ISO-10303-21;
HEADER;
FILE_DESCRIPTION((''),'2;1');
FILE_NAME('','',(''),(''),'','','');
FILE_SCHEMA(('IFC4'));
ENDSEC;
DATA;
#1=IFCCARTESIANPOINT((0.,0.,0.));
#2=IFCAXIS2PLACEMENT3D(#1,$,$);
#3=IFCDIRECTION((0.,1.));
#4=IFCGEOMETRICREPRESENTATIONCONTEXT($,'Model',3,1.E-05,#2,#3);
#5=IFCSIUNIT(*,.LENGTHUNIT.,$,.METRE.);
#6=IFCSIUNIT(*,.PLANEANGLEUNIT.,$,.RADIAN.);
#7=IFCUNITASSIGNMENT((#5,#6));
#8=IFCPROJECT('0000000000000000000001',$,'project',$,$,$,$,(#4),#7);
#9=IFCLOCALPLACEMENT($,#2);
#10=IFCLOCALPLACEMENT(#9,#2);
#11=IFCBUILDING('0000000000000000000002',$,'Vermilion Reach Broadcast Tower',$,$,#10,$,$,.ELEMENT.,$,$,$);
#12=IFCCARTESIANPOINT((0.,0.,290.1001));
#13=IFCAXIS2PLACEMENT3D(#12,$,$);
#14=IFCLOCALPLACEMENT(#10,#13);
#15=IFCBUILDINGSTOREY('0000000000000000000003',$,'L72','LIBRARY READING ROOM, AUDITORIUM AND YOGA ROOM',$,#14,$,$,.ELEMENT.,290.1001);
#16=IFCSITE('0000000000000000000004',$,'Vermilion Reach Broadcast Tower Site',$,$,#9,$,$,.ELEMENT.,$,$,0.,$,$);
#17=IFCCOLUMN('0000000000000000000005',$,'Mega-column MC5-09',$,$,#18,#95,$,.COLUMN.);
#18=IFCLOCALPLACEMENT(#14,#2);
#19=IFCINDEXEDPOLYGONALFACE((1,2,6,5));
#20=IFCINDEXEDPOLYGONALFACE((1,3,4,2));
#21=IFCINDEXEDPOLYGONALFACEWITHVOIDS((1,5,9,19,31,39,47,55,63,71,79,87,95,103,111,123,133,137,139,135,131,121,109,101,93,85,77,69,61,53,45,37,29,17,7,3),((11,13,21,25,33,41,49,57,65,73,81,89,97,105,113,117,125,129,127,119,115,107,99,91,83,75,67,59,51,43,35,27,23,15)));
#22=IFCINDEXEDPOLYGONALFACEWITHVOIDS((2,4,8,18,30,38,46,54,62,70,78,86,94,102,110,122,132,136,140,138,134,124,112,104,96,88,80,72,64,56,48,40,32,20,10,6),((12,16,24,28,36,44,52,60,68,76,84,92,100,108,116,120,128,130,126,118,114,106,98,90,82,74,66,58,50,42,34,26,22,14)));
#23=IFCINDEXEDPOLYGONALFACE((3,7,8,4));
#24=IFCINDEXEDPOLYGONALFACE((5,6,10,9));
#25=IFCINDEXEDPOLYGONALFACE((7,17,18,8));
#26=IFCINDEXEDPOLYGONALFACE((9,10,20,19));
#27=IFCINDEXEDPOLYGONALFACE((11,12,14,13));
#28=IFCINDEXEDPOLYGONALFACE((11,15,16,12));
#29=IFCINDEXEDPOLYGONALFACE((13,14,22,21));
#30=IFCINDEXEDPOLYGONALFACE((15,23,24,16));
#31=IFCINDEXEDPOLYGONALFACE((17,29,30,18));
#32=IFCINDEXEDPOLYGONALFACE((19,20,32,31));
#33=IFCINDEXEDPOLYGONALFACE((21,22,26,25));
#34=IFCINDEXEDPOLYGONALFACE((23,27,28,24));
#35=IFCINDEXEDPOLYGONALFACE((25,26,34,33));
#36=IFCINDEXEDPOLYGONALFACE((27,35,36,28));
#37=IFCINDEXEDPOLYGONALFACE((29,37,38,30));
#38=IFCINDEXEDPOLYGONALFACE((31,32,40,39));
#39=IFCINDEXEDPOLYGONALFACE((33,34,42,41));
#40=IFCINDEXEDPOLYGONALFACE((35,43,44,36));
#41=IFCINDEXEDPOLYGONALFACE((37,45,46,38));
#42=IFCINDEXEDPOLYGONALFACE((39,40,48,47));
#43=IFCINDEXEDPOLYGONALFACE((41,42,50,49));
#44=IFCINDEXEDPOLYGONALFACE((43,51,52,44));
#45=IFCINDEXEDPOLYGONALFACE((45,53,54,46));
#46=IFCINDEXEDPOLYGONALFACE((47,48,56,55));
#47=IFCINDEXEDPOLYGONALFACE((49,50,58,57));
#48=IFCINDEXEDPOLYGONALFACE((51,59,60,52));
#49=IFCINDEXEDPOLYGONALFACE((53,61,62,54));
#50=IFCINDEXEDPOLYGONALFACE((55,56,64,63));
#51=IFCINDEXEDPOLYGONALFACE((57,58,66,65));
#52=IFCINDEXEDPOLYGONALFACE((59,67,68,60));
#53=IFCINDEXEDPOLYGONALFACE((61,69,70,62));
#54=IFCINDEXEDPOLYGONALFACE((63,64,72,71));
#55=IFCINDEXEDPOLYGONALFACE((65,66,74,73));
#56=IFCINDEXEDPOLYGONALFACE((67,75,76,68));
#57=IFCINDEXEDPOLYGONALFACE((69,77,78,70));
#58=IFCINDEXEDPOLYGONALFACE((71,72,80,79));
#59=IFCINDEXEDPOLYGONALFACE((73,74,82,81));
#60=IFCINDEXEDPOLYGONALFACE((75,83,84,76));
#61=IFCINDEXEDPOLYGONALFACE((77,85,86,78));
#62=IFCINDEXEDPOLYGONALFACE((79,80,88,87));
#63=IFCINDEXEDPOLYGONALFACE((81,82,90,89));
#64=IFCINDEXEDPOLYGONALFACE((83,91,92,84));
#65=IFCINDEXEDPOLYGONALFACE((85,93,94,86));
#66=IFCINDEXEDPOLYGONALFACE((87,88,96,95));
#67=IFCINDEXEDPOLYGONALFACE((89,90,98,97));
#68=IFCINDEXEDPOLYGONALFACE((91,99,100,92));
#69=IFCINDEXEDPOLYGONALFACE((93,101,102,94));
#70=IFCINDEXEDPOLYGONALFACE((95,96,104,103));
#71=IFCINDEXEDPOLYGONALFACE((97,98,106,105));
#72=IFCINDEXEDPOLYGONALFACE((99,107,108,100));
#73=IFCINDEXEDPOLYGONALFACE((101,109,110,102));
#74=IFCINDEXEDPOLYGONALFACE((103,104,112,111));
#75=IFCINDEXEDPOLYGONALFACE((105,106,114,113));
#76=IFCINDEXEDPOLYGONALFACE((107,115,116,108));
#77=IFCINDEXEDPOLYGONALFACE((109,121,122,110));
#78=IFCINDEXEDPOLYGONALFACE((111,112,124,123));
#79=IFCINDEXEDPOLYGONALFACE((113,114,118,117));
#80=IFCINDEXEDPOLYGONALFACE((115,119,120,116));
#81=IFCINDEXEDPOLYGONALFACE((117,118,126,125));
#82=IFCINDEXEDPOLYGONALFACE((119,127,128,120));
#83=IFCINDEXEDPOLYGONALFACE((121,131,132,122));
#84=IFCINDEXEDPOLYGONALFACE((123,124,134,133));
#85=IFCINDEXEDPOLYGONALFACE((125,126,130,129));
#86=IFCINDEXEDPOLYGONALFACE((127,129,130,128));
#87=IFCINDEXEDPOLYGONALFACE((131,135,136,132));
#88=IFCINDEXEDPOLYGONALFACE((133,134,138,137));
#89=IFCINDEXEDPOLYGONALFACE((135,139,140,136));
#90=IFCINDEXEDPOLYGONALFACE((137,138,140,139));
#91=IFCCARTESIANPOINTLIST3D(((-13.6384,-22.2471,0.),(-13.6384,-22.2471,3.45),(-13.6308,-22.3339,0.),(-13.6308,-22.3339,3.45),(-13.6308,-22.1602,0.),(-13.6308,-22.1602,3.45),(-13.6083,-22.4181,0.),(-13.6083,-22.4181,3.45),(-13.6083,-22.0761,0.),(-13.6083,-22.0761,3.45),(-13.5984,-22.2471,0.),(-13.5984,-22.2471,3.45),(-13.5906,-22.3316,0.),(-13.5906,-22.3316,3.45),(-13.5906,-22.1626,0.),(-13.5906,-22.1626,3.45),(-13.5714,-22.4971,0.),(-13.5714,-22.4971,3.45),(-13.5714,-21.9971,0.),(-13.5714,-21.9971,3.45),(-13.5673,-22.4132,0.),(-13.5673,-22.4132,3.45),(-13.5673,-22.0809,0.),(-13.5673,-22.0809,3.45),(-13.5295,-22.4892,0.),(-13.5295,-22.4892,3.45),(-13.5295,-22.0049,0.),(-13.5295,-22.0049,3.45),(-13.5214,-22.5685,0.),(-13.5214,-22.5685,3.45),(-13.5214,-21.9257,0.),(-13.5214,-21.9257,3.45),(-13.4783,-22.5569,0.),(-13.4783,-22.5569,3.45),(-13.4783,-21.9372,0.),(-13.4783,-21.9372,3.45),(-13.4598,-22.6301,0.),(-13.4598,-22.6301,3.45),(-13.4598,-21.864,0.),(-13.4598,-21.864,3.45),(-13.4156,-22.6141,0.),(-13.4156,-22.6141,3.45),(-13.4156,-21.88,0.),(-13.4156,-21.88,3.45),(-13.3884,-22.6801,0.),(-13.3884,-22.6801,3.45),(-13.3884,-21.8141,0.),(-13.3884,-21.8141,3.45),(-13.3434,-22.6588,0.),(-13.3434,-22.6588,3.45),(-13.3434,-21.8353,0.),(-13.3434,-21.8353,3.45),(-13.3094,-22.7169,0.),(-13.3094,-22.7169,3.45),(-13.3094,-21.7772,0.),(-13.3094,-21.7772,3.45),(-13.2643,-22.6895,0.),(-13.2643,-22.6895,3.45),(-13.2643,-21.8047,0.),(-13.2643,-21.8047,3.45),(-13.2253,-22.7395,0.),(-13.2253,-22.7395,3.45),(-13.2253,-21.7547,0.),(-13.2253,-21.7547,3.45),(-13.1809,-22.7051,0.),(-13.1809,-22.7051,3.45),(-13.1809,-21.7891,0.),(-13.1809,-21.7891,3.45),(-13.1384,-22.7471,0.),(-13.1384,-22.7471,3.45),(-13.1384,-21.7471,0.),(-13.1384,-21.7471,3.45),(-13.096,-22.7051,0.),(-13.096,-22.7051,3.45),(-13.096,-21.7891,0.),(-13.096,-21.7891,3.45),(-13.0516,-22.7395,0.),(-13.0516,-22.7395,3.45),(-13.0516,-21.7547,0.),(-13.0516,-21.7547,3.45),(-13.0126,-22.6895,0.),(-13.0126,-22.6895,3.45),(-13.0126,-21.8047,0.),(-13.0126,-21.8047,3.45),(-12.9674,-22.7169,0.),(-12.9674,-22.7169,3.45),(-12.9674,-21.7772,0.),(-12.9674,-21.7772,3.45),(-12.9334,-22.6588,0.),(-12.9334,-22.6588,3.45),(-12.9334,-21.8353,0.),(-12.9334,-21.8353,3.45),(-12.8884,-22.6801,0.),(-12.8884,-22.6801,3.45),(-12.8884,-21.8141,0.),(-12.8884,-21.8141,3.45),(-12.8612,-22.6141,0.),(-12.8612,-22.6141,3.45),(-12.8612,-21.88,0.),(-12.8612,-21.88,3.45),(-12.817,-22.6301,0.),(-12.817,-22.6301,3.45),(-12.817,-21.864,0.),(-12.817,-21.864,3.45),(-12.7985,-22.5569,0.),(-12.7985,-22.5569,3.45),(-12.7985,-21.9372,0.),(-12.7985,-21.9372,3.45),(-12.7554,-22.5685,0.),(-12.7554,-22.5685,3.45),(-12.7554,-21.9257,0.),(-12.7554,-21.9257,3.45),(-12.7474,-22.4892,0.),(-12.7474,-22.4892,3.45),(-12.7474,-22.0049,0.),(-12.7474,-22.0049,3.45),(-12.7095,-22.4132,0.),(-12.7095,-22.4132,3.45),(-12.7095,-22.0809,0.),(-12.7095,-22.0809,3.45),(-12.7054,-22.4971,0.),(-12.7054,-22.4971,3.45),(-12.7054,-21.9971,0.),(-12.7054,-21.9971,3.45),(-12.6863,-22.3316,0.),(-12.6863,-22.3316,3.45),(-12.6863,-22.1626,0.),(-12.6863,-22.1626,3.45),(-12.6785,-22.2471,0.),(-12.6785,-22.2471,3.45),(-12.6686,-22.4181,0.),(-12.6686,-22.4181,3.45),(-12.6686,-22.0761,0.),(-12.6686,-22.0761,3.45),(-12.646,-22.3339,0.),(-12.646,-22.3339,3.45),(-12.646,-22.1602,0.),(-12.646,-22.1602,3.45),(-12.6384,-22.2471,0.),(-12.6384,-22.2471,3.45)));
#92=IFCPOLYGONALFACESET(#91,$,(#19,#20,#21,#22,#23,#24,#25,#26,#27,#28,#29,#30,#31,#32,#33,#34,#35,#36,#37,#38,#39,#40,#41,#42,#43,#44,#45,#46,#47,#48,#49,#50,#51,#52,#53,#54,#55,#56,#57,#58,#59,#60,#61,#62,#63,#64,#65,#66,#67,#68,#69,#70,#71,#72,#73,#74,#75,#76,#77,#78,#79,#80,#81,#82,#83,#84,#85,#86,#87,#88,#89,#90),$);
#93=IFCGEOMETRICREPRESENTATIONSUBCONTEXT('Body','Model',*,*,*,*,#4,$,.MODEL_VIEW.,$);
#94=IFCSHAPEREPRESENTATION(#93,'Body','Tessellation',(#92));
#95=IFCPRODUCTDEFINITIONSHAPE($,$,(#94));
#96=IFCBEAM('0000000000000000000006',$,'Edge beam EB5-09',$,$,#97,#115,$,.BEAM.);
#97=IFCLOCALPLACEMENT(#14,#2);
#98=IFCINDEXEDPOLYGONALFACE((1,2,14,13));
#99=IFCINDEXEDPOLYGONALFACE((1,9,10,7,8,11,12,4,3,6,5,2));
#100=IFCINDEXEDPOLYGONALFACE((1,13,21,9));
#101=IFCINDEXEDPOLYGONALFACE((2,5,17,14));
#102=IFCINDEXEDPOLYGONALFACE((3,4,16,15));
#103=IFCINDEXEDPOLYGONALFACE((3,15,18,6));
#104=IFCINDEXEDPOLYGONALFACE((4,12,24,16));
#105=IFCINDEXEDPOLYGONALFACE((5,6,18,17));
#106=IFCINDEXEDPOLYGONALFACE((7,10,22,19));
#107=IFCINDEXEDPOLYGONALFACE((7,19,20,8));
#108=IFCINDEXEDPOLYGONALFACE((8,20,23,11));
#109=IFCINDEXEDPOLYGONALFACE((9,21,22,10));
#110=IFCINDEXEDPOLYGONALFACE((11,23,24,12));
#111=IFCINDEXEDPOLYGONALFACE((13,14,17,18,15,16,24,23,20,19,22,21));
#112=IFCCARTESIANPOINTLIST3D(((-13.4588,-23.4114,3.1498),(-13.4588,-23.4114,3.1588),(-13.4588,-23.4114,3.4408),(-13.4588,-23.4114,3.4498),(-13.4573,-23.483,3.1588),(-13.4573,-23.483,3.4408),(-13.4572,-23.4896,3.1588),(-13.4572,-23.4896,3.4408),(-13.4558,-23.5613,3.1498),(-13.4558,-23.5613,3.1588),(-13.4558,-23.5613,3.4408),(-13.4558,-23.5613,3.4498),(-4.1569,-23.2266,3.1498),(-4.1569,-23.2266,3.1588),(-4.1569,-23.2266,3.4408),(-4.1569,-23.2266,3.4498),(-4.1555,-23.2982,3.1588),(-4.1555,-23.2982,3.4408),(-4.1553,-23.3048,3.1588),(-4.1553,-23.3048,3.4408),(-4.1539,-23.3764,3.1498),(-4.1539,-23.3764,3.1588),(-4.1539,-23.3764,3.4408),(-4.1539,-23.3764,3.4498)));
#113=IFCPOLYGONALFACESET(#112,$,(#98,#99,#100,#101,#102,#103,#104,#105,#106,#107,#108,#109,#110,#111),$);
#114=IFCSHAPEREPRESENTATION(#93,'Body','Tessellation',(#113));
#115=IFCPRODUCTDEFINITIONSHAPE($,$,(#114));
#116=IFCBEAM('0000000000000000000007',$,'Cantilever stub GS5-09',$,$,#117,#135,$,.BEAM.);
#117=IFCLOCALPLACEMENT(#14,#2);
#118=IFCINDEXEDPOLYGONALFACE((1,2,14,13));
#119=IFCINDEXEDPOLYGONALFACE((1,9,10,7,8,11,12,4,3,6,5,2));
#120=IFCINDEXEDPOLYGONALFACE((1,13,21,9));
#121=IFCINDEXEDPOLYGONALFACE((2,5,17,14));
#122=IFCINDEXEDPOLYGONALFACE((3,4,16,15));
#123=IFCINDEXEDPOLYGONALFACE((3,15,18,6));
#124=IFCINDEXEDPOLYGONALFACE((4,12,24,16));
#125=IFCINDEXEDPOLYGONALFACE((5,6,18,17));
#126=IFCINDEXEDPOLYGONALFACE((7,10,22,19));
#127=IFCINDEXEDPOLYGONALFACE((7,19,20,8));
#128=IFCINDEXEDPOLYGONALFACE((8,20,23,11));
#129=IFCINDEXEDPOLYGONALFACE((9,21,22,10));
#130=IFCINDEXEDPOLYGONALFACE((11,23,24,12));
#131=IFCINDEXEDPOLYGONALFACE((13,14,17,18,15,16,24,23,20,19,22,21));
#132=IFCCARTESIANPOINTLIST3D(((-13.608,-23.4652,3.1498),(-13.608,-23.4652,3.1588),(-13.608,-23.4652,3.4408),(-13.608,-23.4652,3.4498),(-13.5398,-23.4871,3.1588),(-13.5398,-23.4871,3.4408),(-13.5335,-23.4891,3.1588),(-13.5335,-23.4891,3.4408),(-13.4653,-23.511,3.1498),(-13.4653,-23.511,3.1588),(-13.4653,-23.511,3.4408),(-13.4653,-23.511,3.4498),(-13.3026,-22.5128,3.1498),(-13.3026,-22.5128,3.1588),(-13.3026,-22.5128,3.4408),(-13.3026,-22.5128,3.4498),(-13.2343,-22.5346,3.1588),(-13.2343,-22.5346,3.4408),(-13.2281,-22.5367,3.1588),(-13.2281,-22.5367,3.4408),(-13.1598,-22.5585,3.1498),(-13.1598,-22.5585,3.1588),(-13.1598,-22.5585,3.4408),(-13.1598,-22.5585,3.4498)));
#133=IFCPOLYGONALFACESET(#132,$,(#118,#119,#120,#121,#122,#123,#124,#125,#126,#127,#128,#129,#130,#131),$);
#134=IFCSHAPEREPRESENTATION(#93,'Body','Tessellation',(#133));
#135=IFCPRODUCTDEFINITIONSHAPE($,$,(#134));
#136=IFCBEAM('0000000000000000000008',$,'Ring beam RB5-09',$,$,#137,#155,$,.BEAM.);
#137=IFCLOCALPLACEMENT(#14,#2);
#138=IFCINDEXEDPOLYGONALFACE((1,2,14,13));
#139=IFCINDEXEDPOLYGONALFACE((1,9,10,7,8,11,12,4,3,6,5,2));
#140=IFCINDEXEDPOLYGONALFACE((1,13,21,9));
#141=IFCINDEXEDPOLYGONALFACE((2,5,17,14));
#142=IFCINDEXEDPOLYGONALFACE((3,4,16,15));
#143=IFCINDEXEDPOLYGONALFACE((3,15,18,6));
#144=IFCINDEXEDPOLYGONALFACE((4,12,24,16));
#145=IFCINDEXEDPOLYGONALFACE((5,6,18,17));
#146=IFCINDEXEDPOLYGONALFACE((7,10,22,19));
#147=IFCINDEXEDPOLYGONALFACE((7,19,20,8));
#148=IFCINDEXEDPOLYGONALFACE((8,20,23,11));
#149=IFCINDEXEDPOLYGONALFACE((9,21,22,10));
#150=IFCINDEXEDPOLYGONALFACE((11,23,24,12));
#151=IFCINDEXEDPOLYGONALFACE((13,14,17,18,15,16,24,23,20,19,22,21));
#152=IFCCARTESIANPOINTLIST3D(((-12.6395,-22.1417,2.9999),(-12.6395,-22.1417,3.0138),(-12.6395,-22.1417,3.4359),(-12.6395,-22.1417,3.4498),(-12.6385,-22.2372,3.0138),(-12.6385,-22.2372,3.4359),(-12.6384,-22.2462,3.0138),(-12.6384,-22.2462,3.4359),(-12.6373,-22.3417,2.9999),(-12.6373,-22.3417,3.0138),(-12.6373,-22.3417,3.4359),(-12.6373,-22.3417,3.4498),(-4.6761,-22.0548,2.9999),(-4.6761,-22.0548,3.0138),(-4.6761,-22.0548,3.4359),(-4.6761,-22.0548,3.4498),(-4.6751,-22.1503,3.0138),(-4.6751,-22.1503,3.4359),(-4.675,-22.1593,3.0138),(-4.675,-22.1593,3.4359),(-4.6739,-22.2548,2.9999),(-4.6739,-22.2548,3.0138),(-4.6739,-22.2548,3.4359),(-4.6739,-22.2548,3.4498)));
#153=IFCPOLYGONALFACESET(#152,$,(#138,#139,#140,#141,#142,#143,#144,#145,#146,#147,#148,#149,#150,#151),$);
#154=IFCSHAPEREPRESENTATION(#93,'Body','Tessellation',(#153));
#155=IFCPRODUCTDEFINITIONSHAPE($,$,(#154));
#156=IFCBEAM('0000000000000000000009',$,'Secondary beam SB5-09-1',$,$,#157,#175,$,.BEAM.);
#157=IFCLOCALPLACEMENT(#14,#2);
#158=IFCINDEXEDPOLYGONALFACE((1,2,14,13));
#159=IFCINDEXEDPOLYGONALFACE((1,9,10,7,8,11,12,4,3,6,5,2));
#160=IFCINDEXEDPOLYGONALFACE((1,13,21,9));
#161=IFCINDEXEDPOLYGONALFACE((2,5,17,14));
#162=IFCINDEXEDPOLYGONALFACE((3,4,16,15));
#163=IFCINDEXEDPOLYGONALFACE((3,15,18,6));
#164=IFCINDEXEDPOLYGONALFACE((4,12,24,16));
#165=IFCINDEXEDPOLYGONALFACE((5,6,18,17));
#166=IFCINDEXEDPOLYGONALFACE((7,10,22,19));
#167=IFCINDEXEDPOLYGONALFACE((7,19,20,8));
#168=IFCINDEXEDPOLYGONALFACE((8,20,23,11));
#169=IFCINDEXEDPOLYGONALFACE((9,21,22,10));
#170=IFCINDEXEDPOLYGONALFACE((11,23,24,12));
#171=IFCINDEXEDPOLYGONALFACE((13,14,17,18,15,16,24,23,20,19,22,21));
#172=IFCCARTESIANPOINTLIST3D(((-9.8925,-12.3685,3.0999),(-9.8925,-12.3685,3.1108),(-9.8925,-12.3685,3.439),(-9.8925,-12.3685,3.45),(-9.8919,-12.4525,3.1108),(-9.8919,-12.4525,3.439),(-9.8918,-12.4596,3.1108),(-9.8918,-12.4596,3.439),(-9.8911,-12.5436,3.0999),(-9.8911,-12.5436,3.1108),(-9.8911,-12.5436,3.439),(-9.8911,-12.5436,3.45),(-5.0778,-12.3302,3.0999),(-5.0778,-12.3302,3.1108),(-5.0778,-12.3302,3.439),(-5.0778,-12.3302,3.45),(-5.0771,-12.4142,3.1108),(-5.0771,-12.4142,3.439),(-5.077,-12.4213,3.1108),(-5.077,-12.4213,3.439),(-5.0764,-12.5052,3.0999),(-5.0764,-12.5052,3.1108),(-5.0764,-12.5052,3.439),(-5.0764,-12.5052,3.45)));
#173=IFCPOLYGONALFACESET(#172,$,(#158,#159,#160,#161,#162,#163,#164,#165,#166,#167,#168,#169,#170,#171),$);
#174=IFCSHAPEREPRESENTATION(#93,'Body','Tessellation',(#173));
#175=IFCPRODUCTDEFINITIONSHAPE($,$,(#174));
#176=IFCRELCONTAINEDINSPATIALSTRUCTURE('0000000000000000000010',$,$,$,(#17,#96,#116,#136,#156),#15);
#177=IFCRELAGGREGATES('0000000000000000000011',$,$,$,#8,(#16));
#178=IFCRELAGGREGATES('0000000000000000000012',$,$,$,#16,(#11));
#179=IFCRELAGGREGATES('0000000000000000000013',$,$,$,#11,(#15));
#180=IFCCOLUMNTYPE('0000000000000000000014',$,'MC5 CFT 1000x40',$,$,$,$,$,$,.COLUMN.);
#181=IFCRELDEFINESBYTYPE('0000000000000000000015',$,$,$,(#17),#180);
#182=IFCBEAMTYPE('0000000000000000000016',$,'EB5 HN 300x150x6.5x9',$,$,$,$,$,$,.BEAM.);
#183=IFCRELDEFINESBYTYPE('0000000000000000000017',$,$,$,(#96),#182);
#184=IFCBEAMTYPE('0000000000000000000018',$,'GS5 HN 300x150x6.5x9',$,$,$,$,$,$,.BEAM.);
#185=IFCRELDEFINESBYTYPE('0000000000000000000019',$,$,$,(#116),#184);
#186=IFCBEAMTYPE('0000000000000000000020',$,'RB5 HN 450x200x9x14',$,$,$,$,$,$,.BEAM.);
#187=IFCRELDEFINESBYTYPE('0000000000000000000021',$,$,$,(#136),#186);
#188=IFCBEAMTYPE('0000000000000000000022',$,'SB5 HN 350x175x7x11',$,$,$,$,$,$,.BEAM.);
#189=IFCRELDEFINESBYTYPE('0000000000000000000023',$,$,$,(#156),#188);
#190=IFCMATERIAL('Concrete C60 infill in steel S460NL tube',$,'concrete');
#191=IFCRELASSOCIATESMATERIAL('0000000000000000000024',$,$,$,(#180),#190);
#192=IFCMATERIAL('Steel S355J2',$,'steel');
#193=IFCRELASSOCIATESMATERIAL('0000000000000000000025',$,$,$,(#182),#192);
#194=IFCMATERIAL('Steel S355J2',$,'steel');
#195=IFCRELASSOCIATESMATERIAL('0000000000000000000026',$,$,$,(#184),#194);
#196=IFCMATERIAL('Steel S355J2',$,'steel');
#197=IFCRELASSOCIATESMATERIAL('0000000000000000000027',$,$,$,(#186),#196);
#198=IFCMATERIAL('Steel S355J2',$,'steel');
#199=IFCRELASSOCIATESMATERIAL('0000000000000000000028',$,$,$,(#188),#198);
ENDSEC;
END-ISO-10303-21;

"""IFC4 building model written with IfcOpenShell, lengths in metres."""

from ifc_helpers import new_model, si_unit, direction, frame, origin, origin_2d, place, context, subcontext, project, spatial, hollow_circle, i_section, extrude, material, material_profile, profile_set, type_object, element, save


model = new_model("IFC4")

# Units and contexts
model_context = context("Model", 3, precision=1e-05, world=origin(), true_north=direction((0.0, 1.0)))
body_context = subcontext(model_context, "Body", "Model", "MODEL_VIEW")
ifc_project = project(units=[si_unit("LENGTHUNIT", "METRE"), si_unit("PLANEANGLEUNIT", "RADIAN")], contexts=[model_context])

# Site, building, storey
site_placement = place(None, origin())
site = spatial("IfcSite", under=ifc_project, at=site_placement, Name="Vermilion Reach Broadcast Tower Site", CompositionType="ELEMENT", RefElevation=0.0)
building_placement = place(site_placement, origin())
building = spatial("IfcBuilding", under=site, at=building_placement, Name="Vermilion Reach Broadcast Tower", CompositionType="ELEMENT")
storey_placement = place(building_placement, frame((0.0, 0.0, 290.1001)))
storey = spatial("IfcBuildingStorey", under=building, at=storey_placement, Name="L72", Description="LIBRARY READING ROOM, AUDITORIUM AND YOGA ROOM", CompositionType="ELEMENT", Elevation=290.1001)

# Column
ifc_material_1 = material(Name="Concrete C60 infill in steel S460NL tube", Category="concrete")
ifc_material_profile_1 = material_profile(ifc_material_1, hollow_circle(Radius=0.5, WallThickness=0.04, at=origin_2d()), Name="Concrete C60 infill in steel S460NL tube CFT 1000x40")
ifc_profile_set_1 = profile_set([ifc_material_profile_1], Name="Concrete C60 infill in steel S460NL tube")
column_type = type_object("IfcColumnType", Name="MC5 CFT 1000x40", PredefinedType="COLUMN", material=ifc_profile_set_1)
column_placement = place(storey_placement, frame((-13.1384, -22.2471, 0.0), z_axis=(0.0, 0.0, 1.0), x_axis=(1.0, 0.0, 0.0)))
element("IfcColumn", 1, at=column_placement, inside=storey, type_object=column_type, Name="Mega-column MC5-09", PredefinedType="COLUMN", context=body_context, shape_type="SweptSolid", body=[
    extrude(hollow_circle(Radius=0.5, WallThickness=0.04, at=origin_2d()), origin(), (0.0, 0.0, 1.0), 3.45),
])

# Beams
ifc_material_2 = material(Name="Steel S355J2", Category="steel")
ifc_material_profile_2 = material_profile(ifc_material_2, i_section(OverallWidth=0.1499, OverallDepth=0.3, WebThickness=0.0066, FlangeThickness=0.009, at=origin_2d()), Name="S355J2 HN 300x150x6.5x9")
ifc_profile_set_2 = profile_set([ifc_material_profile_2], Name="Steel S355J2")
beam_type_1 = type_object("IfcBeamType", Name="EB5 HN 300x150x6.5x9", PredefinedType="BEAM", material=ifc_profile_set_2)
beam_1_placement = place(storey_placement, frame((-13.4573, -23.4863, 3.2998), z_axis=(0.999803, 0.019865, 0.0), x_axis=(-0.019865, 0.999803, 0.0)))
element("IfcBeam", 2, at=beam_1_placement, inside=storey, type_object=beam_type_1, Name="Edge beam EB5-09", PredefinedType="BEAM", context=body_context, shape_type="SweptSolid", body=[
    extrude(i_section(OverallWidth=0.1499, OverallDepth=0.3, WebThickness=0.0066, FlangeThickness=0.009, at=origin_2d()), origin(), (0.0, 0.0, 1.0), 9.3037),
])
ifc_material_3 = material(Name="Steel S355J2", Category="steel")
ifc_material_profile_3 = material_profile(ifc_material_3, i_section(OverallWidth=0.1499, OverallDepth=0.3, WebThickness=0.0066, FlangeThickness=0.009, at=origin_2d()), Name="S355J2 HN 300x150x6.5x9")
ifc_profile_set_3 = profile_set([ifc_material_profile_3], Name="Steel S355J2")
beam_type_2 = type_object("IfcBeamType", Name="GS5 HN 300x150x6.5x9", PredefinedType="BEAM", material=ifc_profile_set_3)
beam_2_placement = place(storey_placement, frame((-13.2312, -22.5356, 3.2998), z_axis=(-0.305369, -0.952234, 0.0), x_axis=(0.952234, -0.305369, 0.0)))
element("IfcBeam", 3, at=beam_2_placement, inside=storey, type_object=beam_type_2, Name="Cantilever stub GS5-09", PredefinedType="BEAM", context=body_context, shape_type="SweptSolid", body=[
    extrude(i_section(OverallWidth=0.1499, OverallDepth=0.3, WebThickness=0.0066, FlangeThickness=0.009, at=origin_2d()), origin(), (0.0, 0.0, 1.0), 1.0002),
])
ifc_material_4 = material(Name="Steel S355J2", Category="steel")
ifc_material_profile_4 = material_profile(ifc_material_4, i_section(OverallWidth=0.2, OverallDepth=0.45, WebThickness=0.009, FlangeThickness=0.0139, at=origin_2d()), Name="S355J2 HN 450x200x9x14")
ifc_profile_set_4 = profile_set([ifc_material_profile_4], Name="Steel S355J2")
beam_type_3 = type_object("IfcBeamType", Name="RB5 HN 450x200x9x14", PredefinedType="BEAM", material=ifc_profile_set_4)
beam_3_placement = place(storey_placement, frame((-12.6384, -22.2417, 3.2249), z_axis=(0.99994, 0.010914, 0.0), x_axis=(-0.010914, 0.99994, 0.0)))
element("IfcBeam", 4, at=beam_3_placement, inside=storey, type_object=beam_type_3, Name="Ring beam RB5-09", PredefinedType="BEAM", context=body_context, shape_type="SweptSolid", body=[
    extrude(i_section(OverallWidth=0.2, OverallDepth=0.45, WebThickness=0.009, FlangeThickness=0.0139, at=origin_2d()), origin(), (0.0, 0.0, 1.0), 7.9639),
])
ifc_material_5 = material(Name="Steel S355J2", Category="steel")
ifc_material_profile_5 = material_profile(ifc_material_5, i_section(OverallWidth=0.175, OverallDepth=0.3501, WebThickness=0.0071, FlangeThickness=0.011, at=origin_2d()), Name="S355J2 HN 350x175x7x11")
ifc_profile_set_5 = profile_set([ifc_material_profile_5], Name="Steel S355J2")
beam_type_4 = type_object("IfcBeamType", Name="SB5 HN 350x175x7x11", PredefinedType="BEAM", material=ifc_profile_set_5)
beam_4_placement = place(storey_placement, frame((-9.8918, -12.4561, 3.2749), z_axis=(0.999968, 0.007961, 0.0), x_axis=(-0.007961, 0.999968, 0.0)))
element("IfcBeam", 5, at=beam_4_placement, inside=storey, type_object=beam_type_4, Name="Secondary beam SB5-09-1", PredefinedType="BEAM", context=body_context, shape_type="SweptSolid", body=[
    extrude(i_section(OverallWidth=0.175, OverallDepth=0.3501, WebThickness=0.0071, FlangeThickness=0.011, at=origin_2d()), origin(), (0.0, 0.0, 1.0), 4.8149),
])

save(model, "model.ifc")
